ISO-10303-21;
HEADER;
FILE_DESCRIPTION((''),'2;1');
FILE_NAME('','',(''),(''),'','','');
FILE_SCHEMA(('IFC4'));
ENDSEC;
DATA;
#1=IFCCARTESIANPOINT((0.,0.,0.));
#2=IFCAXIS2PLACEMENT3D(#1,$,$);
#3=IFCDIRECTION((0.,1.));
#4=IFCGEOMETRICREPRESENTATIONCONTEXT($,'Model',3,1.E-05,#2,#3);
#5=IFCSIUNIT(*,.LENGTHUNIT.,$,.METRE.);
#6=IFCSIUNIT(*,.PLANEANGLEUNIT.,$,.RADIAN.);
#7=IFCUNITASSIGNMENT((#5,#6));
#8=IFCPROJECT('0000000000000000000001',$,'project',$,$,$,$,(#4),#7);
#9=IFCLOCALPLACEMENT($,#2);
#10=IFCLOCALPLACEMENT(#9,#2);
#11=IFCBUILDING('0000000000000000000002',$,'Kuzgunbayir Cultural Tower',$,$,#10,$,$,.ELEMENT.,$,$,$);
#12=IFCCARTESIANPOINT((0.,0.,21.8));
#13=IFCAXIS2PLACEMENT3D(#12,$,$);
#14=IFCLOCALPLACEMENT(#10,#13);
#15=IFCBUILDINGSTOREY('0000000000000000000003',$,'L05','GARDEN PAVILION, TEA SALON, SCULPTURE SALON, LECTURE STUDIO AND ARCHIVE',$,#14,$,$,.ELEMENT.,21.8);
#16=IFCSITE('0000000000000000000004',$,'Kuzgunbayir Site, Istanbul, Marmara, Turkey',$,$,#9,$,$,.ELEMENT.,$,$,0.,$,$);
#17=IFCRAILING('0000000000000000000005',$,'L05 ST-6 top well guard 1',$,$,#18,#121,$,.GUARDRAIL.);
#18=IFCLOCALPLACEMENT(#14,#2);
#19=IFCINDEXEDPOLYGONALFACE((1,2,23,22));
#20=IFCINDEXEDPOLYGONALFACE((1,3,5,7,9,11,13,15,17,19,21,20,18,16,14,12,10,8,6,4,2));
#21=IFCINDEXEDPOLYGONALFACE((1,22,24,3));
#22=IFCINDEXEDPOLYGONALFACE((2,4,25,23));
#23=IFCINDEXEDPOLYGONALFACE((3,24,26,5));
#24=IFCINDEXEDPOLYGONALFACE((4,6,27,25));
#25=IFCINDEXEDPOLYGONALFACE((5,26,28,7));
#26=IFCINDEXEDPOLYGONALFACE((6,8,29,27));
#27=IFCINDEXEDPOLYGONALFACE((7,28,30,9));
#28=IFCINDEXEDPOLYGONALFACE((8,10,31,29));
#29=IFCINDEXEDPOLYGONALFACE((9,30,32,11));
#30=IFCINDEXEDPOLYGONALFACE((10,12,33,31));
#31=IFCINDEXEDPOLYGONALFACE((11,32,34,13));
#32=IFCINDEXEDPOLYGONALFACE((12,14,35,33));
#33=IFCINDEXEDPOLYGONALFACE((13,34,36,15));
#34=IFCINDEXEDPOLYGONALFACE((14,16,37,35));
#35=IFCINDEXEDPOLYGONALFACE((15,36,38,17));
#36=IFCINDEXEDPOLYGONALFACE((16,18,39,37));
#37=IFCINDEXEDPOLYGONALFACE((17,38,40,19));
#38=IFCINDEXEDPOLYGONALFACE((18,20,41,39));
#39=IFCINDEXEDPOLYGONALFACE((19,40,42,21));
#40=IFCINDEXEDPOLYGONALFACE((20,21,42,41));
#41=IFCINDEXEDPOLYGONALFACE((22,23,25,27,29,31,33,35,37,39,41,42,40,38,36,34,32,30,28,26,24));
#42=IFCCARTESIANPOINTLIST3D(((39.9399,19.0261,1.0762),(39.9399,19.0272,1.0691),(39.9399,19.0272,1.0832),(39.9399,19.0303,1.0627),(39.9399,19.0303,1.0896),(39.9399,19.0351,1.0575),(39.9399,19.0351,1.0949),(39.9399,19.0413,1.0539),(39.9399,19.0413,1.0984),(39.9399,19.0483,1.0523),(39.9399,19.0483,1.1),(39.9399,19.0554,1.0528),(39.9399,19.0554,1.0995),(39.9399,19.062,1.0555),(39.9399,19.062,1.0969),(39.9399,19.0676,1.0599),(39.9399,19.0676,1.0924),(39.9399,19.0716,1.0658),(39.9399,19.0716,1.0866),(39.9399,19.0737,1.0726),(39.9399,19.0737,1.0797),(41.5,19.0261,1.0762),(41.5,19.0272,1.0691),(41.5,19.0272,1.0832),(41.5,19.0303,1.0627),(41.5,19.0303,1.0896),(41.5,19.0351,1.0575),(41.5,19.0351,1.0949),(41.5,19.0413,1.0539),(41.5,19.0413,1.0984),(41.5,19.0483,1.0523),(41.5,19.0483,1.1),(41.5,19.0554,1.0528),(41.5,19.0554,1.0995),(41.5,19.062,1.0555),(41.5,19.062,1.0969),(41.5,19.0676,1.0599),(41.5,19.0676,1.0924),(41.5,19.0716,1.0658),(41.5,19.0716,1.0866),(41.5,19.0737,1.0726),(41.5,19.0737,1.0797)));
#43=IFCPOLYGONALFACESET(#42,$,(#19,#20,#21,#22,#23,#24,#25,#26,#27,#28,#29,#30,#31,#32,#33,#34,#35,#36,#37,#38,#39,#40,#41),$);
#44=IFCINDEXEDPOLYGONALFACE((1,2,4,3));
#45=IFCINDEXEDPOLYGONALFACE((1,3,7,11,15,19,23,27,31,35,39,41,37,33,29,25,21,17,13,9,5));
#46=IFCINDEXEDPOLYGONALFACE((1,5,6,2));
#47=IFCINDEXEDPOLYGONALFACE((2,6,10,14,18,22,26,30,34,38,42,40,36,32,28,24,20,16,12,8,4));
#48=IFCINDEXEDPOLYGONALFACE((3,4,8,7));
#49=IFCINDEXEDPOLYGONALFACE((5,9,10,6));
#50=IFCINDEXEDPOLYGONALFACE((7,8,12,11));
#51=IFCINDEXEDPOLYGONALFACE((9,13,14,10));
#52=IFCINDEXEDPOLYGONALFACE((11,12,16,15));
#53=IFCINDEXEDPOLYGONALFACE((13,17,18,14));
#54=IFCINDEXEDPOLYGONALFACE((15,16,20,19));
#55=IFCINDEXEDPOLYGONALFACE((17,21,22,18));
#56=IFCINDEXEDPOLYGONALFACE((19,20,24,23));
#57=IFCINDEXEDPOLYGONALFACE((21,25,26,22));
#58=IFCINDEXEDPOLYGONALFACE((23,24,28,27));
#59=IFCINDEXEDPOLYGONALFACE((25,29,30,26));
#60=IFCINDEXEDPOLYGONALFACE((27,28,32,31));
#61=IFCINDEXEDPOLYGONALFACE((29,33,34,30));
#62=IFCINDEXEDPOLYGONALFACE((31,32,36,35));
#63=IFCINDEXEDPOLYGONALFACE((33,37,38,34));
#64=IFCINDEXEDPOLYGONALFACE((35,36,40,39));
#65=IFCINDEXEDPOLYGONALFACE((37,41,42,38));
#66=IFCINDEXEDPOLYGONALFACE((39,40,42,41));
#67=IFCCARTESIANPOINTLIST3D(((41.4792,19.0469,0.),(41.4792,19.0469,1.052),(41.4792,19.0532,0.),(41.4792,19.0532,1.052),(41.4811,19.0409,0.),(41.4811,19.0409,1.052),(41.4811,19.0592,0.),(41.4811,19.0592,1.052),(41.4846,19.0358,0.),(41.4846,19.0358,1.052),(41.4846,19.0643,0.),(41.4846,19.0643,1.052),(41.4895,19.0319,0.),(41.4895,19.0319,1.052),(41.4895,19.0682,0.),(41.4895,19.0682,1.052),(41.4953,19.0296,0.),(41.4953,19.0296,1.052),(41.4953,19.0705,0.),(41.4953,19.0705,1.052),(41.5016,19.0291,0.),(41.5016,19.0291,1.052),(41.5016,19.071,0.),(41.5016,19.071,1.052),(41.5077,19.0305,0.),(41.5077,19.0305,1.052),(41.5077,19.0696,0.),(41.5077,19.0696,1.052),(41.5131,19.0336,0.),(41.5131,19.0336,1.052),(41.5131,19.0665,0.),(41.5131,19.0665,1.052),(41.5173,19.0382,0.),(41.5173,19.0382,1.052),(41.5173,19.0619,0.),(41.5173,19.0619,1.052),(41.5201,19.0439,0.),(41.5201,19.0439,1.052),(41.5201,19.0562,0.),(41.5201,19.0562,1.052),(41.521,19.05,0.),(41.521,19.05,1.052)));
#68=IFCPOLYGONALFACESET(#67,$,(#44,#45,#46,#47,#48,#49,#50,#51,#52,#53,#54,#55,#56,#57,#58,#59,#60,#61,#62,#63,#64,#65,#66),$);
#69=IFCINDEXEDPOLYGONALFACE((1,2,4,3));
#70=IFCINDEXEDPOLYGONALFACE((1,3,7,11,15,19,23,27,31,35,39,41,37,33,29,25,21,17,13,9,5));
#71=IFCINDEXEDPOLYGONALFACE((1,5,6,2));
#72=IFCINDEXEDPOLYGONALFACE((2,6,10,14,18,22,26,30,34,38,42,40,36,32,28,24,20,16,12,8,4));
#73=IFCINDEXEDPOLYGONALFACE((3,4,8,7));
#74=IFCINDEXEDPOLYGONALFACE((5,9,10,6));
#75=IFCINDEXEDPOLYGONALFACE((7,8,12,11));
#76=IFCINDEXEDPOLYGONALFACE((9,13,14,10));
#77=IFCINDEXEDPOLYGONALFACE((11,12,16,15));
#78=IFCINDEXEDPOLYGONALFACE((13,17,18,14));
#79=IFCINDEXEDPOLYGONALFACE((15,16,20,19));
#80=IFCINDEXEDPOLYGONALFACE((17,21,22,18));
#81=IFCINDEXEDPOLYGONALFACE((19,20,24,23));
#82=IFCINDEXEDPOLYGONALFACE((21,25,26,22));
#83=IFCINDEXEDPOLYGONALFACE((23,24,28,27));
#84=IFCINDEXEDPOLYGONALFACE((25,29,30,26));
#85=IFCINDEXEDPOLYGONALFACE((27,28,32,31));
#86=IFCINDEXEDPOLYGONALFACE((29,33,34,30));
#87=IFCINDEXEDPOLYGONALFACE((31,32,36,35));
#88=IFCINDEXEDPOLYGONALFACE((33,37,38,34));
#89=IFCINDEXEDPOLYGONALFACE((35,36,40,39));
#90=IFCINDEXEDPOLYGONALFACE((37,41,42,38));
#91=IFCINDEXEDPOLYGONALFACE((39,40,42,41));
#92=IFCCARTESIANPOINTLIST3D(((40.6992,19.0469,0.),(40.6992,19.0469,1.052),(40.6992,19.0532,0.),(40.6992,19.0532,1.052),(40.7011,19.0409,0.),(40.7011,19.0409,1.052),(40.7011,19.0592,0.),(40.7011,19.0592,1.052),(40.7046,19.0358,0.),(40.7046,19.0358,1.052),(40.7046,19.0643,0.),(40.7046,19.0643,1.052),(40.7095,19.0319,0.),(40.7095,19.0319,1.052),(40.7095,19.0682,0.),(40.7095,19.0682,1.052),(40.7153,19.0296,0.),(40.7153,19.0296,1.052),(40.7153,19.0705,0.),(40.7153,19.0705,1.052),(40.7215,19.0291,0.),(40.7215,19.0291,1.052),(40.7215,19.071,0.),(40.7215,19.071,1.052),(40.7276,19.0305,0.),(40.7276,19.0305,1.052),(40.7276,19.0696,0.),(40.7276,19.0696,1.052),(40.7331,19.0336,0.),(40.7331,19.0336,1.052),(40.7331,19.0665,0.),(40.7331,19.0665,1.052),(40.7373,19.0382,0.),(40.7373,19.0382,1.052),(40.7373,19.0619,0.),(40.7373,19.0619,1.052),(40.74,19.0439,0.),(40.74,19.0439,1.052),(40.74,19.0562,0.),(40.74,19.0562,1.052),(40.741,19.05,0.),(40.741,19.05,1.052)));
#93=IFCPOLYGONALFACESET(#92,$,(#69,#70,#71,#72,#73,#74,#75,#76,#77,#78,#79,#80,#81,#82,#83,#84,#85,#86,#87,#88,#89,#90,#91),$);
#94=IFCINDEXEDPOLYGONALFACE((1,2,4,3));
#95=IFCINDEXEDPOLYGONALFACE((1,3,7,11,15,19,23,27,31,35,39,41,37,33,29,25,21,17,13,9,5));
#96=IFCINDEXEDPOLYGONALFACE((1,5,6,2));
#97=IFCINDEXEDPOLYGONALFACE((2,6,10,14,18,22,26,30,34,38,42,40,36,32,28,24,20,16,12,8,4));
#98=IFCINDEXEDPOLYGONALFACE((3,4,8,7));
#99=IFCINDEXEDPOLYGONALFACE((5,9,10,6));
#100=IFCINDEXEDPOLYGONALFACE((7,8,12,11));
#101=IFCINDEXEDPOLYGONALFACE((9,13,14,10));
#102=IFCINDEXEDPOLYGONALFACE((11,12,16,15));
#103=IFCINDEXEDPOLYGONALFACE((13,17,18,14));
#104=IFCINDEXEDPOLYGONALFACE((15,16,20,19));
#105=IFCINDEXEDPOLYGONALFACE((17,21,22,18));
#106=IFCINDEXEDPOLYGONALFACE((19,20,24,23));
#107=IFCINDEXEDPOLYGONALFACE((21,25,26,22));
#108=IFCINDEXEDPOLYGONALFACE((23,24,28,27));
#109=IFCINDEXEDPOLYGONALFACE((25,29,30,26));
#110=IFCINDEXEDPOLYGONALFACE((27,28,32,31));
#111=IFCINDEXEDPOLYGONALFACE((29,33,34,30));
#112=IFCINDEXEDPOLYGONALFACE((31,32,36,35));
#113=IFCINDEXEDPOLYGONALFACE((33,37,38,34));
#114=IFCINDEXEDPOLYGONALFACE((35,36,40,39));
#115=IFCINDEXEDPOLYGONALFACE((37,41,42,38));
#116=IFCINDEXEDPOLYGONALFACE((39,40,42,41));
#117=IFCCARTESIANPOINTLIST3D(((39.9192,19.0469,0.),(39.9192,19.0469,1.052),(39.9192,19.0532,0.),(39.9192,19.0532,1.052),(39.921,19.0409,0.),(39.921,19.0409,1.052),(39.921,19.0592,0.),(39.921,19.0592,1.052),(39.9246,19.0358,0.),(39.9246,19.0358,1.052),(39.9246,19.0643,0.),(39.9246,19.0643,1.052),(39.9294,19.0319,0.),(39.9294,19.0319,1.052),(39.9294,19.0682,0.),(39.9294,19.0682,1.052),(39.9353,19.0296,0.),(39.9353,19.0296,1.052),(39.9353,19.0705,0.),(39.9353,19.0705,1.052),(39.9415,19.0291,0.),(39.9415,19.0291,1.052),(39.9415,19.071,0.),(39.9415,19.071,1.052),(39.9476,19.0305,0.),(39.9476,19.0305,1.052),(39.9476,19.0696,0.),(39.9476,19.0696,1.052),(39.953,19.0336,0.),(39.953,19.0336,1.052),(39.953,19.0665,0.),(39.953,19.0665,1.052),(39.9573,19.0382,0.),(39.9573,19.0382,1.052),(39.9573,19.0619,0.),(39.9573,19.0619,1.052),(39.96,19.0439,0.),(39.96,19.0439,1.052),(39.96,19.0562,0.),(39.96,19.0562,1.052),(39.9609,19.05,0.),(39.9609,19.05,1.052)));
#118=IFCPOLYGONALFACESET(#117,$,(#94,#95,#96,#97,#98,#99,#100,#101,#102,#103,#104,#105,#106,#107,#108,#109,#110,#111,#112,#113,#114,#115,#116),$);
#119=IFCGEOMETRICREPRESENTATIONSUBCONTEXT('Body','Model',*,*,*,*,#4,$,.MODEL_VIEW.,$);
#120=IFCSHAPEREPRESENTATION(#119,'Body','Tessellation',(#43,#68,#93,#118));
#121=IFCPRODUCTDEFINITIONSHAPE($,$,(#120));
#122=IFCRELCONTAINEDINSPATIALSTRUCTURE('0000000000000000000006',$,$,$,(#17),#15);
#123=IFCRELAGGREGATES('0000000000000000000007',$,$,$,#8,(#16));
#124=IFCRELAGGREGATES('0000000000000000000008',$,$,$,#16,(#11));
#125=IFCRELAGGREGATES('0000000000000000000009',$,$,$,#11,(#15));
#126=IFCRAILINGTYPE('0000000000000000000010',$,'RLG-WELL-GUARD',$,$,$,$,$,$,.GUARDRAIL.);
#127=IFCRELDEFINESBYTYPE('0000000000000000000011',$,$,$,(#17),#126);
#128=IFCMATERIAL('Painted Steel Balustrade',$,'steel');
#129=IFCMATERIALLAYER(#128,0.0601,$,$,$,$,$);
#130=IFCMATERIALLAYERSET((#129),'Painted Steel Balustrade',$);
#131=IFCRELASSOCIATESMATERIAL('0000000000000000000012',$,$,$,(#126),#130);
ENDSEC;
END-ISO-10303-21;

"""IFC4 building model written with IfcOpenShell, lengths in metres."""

from ifc_helpers import new_model, si_unit, direction, frame, origin, origin_2d, place, context, subcontext, project, spatial, circle, extrude, material, layer, layer_set, type_object, element, save


model = new_model("IFC4")

# Units and contexts
model_context = context("Model", 3, precision=1e-05, world=origin(), true_north=direction((0.0, 1.0)))
body_context = subcontext(model_context, "Body", "Model", "MODEL_VIEW")
ifc_project = project(units=[si_unit("LENGTHUNIT", "METRE"), si_unit("PLANEANGLEUNIT", "RADIAN")], contexts=[model_context])

# Site, building, storey
site_placement = place(None, origin())
site = spatial("IfcSite", under=ifc_project, at=site_placement, Name="Kuzgunbayir Site, Istanbul, Marmara, Turkey", CompositionType="ELEMENT", RefElevation=0.0)
building_placement = place(site_placement, origin())
building = spatial("IfcBuilding", under=site, at=building_placement, Name="Kuzgunbayir Cultural Tower", CompositionType="ELEMENT")
storey_placement = place(building_placement, frame((0.0, 0.0, 21.8)))
storey = spatial("IfcBuildingStorey", under=building, at=storey_placement, Name="L05", Description="GARDEN PAVILION, TEA SALON, SCULPTURE SALON, LECTURE STUDIO AND ARCHIVE", CompositionType="ELEMENT", Elevation=21.8)

# Railing
ifc_material_1 = material(Name="Painted Steel Balustrade", Category="steel")
ifc_layer_1 = layer(ifc_material_1, 0.0601)
ifc_layer_set_1 = layer_set([ifc_layer_1], Name="Painted Steel Balustrade")
railing_type = type_object("IfcRailingType", Name="RLG-WELL-GUARD", PredefinedType="GUARDRAIL", material=ifc_layer_set_1)
for number, where, name in (
    (1, (41.5, 19.05, 0.0), "L05 ST-6 top well guard 1"),
):
    element("IfcRailing", number, at=place(storey_placement, frame(where)), inside=storey, type_object=railing_type, Name=name, PredefinedType="GUARDRAIL", context=body_context, shape_type="SweptSolid", body=[
        extrude(circle(Radius=0.0239, at=origin_2d()), frame((0.0, 0.0, 1.0762), z_axis=(-1.0, 0.0, 0.0), x_axis=(0.0, -1.0, 0.0)), (0.0, 0.0, 1.0), 1.5601),
        extrude(circle(Radius=0.021, at=origin_2d()), origin(), (0.0, 0.0, 1.0), 1.052),
        extrude(circle(Radius=0.021, at=origin_2d()), frame((-0.78, 0.0, 0.0)), (0.0, 0.0, 1.0), 1.052),
        extrude(circle(Radius=0.021, at=origin_2d()), frame((-1.5601, 0.0, 0.0)), (0.0, 0.0, 1.0), 1.052),
    ])

save(model, "model.ifc")
